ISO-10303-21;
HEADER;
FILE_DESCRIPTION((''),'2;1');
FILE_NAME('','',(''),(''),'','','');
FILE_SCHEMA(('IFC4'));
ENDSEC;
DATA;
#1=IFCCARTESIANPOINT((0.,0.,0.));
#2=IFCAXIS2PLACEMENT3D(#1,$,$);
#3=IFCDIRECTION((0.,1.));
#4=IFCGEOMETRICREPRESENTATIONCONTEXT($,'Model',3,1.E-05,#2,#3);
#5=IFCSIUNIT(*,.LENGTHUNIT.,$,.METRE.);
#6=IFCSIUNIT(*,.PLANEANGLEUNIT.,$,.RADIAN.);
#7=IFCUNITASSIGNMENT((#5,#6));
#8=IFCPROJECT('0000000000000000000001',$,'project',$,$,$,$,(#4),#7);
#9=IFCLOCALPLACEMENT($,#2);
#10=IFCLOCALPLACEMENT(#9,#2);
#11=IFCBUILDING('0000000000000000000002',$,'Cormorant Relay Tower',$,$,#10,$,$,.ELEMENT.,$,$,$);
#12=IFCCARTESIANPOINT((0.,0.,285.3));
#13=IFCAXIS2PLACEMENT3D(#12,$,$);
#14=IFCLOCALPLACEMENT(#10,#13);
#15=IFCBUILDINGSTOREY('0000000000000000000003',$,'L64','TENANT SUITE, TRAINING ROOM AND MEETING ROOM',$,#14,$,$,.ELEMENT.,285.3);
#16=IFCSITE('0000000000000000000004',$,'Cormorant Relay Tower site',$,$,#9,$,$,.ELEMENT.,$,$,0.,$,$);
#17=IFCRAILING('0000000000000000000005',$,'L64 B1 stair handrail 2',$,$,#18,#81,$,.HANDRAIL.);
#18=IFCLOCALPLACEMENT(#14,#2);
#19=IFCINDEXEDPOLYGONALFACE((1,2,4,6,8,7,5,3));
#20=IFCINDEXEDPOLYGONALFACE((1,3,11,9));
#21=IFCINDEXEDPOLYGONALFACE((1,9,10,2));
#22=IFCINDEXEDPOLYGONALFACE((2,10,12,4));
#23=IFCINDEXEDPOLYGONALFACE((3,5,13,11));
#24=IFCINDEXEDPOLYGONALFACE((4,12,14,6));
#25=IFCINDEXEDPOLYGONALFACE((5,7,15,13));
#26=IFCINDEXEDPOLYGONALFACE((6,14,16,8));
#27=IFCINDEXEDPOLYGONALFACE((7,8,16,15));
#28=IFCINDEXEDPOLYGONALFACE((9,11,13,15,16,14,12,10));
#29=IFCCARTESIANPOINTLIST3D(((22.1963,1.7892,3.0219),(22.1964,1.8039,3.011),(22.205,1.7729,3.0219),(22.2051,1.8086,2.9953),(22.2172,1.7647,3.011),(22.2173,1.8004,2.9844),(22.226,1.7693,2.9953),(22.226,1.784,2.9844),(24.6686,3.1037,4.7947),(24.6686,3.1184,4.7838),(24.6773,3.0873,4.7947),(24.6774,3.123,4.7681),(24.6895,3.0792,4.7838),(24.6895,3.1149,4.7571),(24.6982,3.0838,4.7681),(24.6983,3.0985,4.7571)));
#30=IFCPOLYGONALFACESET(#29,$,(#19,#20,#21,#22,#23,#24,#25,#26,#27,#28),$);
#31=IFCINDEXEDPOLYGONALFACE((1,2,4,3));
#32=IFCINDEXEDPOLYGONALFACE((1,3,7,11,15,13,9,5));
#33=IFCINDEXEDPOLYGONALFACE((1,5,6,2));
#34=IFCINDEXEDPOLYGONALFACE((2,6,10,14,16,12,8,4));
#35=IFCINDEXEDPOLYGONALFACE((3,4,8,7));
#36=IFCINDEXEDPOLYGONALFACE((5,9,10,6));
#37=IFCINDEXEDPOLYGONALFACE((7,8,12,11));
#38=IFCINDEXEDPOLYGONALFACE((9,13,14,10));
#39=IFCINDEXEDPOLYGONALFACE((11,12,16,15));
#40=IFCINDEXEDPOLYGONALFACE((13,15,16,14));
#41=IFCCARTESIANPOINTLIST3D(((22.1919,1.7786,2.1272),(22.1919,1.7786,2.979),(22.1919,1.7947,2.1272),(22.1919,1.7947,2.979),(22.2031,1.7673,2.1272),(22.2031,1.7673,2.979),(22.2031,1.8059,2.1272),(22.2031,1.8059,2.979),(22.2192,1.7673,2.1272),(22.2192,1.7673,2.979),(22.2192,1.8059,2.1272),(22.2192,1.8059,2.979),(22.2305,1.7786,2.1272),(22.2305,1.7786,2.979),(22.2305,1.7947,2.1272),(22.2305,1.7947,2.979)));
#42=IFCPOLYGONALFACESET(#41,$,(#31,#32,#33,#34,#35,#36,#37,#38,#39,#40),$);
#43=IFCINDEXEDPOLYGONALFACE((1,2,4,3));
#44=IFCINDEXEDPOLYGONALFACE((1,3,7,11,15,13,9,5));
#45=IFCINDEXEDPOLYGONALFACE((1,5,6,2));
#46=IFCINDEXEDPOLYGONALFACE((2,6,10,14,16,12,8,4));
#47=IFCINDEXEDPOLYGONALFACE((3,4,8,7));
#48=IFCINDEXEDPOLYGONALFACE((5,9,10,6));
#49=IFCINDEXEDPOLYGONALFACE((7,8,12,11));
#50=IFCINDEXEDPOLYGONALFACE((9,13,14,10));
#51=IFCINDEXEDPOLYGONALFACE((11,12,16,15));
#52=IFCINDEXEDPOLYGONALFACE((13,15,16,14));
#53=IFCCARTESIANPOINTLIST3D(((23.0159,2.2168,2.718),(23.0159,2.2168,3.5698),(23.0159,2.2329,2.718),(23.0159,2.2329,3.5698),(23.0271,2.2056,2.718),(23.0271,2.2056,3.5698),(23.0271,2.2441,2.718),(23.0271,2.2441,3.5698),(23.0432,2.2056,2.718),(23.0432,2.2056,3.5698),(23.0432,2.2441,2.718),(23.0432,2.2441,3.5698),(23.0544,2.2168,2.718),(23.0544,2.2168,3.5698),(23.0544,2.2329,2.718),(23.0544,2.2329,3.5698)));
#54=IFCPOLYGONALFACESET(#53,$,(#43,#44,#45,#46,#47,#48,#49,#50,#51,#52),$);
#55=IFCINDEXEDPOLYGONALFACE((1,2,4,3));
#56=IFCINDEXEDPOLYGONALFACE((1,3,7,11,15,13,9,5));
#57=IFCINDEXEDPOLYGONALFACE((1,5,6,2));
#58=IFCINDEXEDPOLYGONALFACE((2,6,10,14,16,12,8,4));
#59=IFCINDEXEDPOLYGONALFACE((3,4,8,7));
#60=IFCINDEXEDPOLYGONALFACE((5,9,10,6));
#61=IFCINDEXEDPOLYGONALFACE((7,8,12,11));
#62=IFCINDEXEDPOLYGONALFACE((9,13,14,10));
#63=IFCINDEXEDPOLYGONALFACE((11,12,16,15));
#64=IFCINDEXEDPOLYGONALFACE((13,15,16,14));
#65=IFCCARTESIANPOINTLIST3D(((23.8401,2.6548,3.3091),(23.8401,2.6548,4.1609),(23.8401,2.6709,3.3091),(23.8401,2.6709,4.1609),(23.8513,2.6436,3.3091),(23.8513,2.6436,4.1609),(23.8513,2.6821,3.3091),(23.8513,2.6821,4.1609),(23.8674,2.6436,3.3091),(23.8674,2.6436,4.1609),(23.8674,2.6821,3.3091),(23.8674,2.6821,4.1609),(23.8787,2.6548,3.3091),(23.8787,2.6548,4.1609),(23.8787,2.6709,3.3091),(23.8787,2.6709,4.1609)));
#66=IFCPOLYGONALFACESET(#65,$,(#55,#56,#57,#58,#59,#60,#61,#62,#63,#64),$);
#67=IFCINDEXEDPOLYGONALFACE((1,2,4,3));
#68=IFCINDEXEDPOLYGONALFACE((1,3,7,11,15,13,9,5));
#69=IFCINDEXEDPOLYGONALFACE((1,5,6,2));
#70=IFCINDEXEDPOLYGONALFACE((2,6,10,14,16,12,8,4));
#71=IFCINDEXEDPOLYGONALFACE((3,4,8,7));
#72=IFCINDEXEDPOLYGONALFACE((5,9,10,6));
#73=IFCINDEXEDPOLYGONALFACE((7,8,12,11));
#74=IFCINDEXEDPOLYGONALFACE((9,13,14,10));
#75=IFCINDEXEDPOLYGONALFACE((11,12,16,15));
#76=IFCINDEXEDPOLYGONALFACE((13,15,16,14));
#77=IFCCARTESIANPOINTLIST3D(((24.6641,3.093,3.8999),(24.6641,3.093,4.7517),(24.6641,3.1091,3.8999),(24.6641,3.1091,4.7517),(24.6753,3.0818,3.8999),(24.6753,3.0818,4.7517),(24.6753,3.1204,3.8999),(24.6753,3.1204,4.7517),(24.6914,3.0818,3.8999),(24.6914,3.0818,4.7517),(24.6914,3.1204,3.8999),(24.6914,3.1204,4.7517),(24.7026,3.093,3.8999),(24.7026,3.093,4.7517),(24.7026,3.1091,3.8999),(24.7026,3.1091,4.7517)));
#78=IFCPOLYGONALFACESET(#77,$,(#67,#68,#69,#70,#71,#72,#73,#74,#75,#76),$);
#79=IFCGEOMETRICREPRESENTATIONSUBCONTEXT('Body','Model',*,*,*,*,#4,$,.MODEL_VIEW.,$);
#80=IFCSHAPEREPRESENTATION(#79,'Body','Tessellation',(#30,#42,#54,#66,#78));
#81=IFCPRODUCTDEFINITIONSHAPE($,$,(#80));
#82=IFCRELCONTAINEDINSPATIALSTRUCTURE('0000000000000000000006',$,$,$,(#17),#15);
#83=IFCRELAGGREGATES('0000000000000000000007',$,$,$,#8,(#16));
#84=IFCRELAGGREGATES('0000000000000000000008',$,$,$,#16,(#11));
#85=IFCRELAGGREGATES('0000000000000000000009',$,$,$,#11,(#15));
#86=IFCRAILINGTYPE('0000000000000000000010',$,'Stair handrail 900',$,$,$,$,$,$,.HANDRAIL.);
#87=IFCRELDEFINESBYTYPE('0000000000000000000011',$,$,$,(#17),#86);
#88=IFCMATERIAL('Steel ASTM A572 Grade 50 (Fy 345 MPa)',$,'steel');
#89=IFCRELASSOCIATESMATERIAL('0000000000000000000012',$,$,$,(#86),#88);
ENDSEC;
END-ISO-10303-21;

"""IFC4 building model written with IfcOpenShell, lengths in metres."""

from ifc_helpers import new_model, si_unit, direction, frame, origin, place, context, subcontext, project, spatial, polyline, outline, extrude, material, type_object, element, save


model = new_model("IFC4")

# Units and contexts
model_context = context("Model", 3, precision=1e-05, world=origin(), true_north=direction((0.0, 1.0)))
body_context = subcontext(model_context, "Body", "Model", "MODEL_VIEW")
ifc_project = project(units=[si_unit("LENGTHUNIT", "METRE"), si_unit("PLANEANGLEUNIT", "RADIAN")], contexts=[model_context])

# Site, building, storey
site_placement = place(None, origin())
site = spatial("IfcSite", under=ifc_project, at=site_placement, Name="Cormorant Relay Tower site", CompositionType="ELEMENT", RefElevation=0.0)
building_placement = place(site_placement, origin())
building = spatial("IfcBuilding", under=site, at=building_placement, Name="Cormorant Relay Tower", CompositionType="ELEMENT")
storey_placement = place(building_placement, frame((0.0, 0.0, 285.3)))
storey = spatial("IfcBuildingStorey", under=building, at=storey_placement, Name="L64", Description="TENANT SUITE, TRAINING ROOM AND MEETING ROOM", CompositionType="ELEMENT", Elevation=285.3)

# Railing
ifc_material_1 = material(Name="Steel ASTM A572 Grade 50 (Fy 345 MPa)", Category="steel")
railing_type_1 = type_object("IfcRailingType", Name="Stair handrail 900", PredefinedType="HANDRAIL", material=ifc_material_1)
railing_1_placement = place(storey_placement, frame((22.2112, 1.7866, 2.1272)))
element("IfcRailing", 1, at=railing_1_placement, inside=storey, type_object=railing_type_1, Name="L64 B1 stair handrail 2", PredefinedType="HANDRAIL", context=body_context, shape_type="SweptSolid", body=[
    extrude(outline(polyline([(0.0222, 0.0093), (0.0093, 0.0222), (-0.0093, 0.0222), (-0.0222, 0.0093), (-0.0222, -0.0093), (-0.0093, -0.0222), (0.0093, -0.0222), (0.0222, -0.0093), (0.0222, 0.0093)])), frame((0.0, 0.0, 0.876), z_axis=(0.746001, 0.396649, 0.534931), x_axis=(-0.469465, 0.882951, 0.0)), (0.0, 0.0, 1.0), 3.314),
    extrude(outline(polyline([(0.0193, 0.0081), (0.0081, 0.0193), (-0.0081, 0.0193), (-0.0193, 0.0081), (-0.0193, -0.0081), (-0.0081, -0.0193), (0.0081, -0.0193), (0.0193, -0.0081), (0.0193, 0.0081)])), origin(), (0.0, 0.0, 1.0), 0.8518),
    extrude(outline(polyline([(0.0193, 0.0081), (0.0081, 0.0193), (-0.0081, 0.0193), (-0.0193, 0.0081), (-0.0193, -0.0081), (-0.0081, -0.0193), (0.0081, -0.0193), (0.0193, -0.0081), (0.0193, 0.0081)])), frame((0.824, 0.4382, 0.5908)), (0.0, 0.0, 1.0), 0.8518),
    extrude(outline(polyline([(0.0193, 0.0081), (0.0081, 0.0193), (-0.0081, 0.0193), (-0.0193, 0.0081), (-0.0193, -0.0081), (-0.0081, -0.0193), (0.0081, -0.0193), (0.0193, -0.0081), (0.0193, 0.0081)])), frame((1.6482, 0.8762, 1.1819)), (0.0, 0.0, 1.0), 0.8518),
    extrude(outline(polyline([(0.0193, 0.0081), (0.0081, 0.0193), (-0.0081, 0.0193), (-0.0193, 0.0081), (-0.0193, -0.0081), (-0.0081, -0.0193), (0.0081, -0.0193), (0.0193, -0.0081), (0.0193, 0.0081)])), frame((2.4722, 1.3145, 1.7727)), (0.0, 0.0, 1.0), 0.8518),
])

save(model, "model.ifc")
